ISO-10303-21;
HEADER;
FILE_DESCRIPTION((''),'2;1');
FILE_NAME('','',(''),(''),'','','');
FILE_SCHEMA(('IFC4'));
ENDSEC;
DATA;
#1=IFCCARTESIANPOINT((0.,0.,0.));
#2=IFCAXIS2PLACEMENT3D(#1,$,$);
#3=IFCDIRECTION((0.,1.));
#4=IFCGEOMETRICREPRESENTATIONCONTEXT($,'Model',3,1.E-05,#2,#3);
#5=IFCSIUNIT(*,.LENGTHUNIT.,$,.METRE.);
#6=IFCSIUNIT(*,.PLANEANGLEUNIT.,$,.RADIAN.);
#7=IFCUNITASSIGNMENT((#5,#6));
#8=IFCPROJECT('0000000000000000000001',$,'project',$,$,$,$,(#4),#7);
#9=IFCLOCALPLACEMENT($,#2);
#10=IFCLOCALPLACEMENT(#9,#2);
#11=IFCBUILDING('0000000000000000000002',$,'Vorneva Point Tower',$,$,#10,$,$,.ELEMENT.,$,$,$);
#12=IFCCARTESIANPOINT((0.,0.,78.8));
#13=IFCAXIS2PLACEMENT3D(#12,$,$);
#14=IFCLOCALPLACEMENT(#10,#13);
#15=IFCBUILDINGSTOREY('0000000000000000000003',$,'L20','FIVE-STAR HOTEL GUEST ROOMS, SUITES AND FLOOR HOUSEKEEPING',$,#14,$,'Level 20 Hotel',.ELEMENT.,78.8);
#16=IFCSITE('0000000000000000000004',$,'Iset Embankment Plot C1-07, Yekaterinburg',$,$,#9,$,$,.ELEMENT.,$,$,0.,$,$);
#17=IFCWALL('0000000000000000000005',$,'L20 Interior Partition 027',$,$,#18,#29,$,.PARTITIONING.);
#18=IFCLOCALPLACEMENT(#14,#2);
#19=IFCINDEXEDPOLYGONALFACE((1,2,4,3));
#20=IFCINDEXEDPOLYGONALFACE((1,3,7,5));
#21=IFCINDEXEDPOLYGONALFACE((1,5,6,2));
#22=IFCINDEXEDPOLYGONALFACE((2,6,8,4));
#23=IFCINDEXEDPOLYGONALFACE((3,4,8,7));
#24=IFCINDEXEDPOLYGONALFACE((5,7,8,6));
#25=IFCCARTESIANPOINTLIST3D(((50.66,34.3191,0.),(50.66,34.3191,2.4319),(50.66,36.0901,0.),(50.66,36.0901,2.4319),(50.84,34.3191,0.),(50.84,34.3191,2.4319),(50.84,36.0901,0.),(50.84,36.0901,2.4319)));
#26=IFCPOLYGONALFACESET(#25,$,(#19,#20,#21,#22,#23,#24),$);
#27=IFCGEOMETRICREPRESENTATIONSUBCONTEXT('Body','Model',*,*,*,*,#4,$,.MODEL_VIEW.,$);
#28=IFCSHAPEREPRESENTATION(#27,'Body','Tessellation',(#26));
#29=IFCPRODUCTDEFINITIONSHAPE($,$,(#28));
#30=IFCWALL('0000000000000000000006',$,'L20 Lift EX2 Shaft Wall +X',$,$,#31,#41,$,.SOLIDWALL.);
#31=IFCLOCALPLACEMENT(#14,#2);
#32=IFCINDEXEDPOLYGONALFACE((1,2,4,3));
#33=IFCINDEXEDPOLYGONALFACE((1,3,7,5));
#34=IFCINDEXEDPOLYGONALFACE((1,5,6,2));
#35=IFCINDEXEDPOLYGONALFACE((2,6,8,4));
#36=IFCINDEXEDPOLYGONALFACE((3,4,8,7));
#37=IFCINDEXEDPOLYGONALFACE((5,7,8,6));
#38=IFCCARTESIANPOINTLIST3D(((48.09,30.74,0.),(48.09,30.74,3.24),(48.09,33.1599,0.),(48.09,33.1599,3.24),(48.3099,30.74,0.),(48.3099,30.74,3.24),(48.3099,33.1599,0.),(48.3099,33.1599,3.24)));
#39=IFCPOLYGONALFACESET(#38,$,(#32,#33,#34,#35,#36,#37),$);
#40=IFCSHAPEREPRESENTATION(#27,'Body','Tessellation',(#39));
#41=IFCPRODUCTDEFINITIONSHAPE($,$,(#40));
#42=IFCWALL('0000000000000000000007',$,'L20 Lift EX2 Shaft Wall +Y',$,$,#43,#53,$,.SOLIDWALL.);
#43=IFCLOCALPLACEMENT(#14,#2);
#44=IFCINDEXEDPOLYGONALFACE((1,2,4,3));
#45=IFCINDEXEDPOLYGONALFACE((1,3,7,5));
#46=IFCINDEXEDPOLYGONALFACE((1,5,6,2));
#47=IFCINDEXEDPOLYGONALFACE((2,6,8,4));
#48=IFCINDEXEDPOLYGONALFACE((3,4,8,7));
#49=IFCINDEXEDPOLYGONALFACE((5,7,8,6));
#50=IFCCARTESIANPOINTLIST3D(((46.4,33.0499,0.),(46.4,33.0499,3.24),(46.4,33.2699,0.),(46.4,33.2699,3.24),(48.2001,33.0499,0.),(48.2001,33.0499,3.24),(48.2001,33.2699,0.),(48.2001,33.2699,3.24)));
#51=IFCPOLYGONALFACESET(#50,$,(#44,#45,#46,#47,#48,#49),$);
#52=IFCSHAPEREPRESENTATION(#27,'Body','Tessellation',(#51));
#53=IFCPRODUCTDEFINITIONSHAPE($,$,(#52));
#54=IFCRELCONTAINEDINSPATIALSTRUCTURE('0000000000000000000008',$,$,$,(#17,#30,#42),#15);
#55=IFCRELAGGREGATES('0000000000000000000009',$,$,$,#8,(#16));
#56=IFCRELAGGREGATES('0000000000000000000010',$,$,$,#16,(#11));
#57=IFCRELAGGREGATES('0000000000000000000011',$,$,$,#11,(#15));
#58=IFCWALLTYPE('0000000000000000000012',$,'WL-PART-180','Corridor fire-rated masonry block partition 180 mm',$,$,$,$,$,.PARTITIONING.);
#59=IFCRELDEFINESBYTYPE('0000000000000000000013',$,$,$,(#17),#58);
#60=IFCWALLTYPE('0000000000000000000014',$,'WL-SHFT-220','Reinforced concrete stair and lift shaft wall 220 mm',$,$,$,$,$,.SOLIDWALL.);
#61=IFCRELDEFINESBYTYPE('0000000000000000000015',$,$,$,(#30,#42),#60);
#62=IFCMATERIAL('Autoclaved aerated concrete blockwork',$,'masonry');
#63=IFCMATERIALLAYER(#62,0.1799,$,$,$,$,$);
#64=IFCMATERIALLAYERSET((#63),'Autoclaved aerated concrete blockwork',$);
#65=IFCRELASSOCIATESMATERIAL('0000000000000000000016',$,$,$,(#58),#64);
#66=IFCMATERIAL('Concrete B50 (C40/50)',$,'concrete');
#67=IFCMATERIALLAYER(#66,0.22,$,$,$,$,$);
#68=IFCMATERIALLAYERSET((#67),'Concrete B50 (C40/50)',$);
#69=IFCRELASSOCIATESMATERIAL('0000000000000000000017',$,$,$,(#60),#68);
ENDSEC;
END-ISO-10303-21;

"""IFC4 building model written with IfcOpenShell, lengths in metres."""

from ifc_helpers import new_model, si_unit, direction, frame, frame_2d, origin, place, context, subcontext, project, spatial, rectangle, extrude, material, layer, layer_set, type_object, element, save


model = new_model("IFC4")

# Units and contexts
model_context = context("Model", 3, precision=1e-05, world=origin(), true_north=direction((0.0, 1.0)))
body_context = subcontext(model_context, "Body", "Model", "MODEL_VIEW")
ifc_project = project(units=[si_unit("LENGTHUNIT", "METRE"), si_unit("PLANEANGLEUNIT", "RADIAN")], contexts=[model_context])

# Site, building, storey
site_placement = place(None, origin())
site = spatial("IfcSite", under=ifc_project, at=site_placement, Name="Iset Embankment Plot C1-07, Yekaterinburg", CompositionType="ELEMENT", RefElevation=0.0)
building_placement = place(site_placement, origin())
building = spatial("IfcBuilding", under=site, at=building_placement, Name="Vorneva Point Tower", CompositionType="ELEMENT")
storey_placement = place(building_placement, frame((0.0, 0.0, 78.8)))
storey = spatial("IfcBuildingStorey", under=building, at=storey_placement, Name="L20", Description="FIVE-STAR HOTEL GUEST ROOMS, SUITES AND FLOOR HOUSEKEEPING", LongName="Level 20 Hotel", CompositionType="ELEMENT", Elevation=78.8)

# Walls
ifc_material_1 = material(Name="Autoclaved aerated concrete blockwork", Category="masonry")
ifc_layer_1 = layer(ifc_material_1, 0.1799)
ifc_layer_set_1 = layer_set([ifc_layer_1], Name="Autoclaved aerated concrete blockwork")
wall_type_1 = type_object("IfcWallType", Name="WL-PART-180", Description="Corridor fire-rated masonry block partition 180 mm", PredefinedType="PARTITIONING", material=ifc_layer_set_1)
wall_1_placement = place(storey_placement, frame((50.75, 34.3191, 0.0), z_axis=(0.0, 0.0, 1.0), x_axis=(0.0, 1.0, 0.0)))
element("IfcWall", 1, at=wall_1_placement, inside=storey, type_object=wall_type_1, Name="L20 Interior Partition 027", PredefinedType="PARTITIONING", context=body_context, shape_type="SweptSolid", body=[
    extrude(rectangle(XDim=1.771, YDim=0.1799, at=frame_2d((0.8855, 0.0))), origin(), (0.0, 0.0, 1.0), 2.4319),
])
ifc_material_2 = material(Name="Concrete B50 (C40/50)", Category="concrete")
ifc_layer_2 = layer(ifc_material_2, 0.22)
ifc_layer_set_2 = layer_set([ifc_layer_2], Name="Concrete B50 (C40/50)")
wall_type_2 = type_object("IfcWallType", Name="WL-SHFT-220", Description="Reinforced concrete stair and lift shaft wall 220 mm", PredefinedType="SOLIDWALL", material=ifc_layer_set_2)
wall_2_placement = place(storey_placement, frame((48.2, 30.74, 0.0), z_axis=(0.0, 0.0, 1.0), x_axis=(0.0, 1.0, 0.0)))
element("IfcWall", 2, at=wall_2_placement, inside=storey, type_object=wall_type_2, Name="L20 Lift EX2 Shaft Wall +X", PredefinedType="SOLIDWALL", context=body_context, shape_type="SweptSolid", body=[
    extrude(rectangle(XDim=2.4199, YDim=0.22, at=frame_2d((1.21, 0.0))), origin(), (0.0, 0.0, 1.0), 3.24),
])
wall_3_placement = place(storey_placement, frame((48.2, 33.1599, 0.0), z_axis=(0.0, 0.0, 1.0), x_axis=(-1.0, 0.0, 0.0)))
element("IfcWall", 3, at=wall_3_placement, inside=storey, type_object=wall_type_2, Name="L20 Lift EX2 Shaft Wall +Y", PredefinedType="SOLIDWALL", context=body_context, shape_type="SweptSolid", body=[
    extrude(rectangle(XDim=1.8, YDim=0.22, at=frame_2d((0.8999, 0.0))), origin(), (0.0, 0.0, 1.0), 3.24),
])

save(model, "model.ifc")
